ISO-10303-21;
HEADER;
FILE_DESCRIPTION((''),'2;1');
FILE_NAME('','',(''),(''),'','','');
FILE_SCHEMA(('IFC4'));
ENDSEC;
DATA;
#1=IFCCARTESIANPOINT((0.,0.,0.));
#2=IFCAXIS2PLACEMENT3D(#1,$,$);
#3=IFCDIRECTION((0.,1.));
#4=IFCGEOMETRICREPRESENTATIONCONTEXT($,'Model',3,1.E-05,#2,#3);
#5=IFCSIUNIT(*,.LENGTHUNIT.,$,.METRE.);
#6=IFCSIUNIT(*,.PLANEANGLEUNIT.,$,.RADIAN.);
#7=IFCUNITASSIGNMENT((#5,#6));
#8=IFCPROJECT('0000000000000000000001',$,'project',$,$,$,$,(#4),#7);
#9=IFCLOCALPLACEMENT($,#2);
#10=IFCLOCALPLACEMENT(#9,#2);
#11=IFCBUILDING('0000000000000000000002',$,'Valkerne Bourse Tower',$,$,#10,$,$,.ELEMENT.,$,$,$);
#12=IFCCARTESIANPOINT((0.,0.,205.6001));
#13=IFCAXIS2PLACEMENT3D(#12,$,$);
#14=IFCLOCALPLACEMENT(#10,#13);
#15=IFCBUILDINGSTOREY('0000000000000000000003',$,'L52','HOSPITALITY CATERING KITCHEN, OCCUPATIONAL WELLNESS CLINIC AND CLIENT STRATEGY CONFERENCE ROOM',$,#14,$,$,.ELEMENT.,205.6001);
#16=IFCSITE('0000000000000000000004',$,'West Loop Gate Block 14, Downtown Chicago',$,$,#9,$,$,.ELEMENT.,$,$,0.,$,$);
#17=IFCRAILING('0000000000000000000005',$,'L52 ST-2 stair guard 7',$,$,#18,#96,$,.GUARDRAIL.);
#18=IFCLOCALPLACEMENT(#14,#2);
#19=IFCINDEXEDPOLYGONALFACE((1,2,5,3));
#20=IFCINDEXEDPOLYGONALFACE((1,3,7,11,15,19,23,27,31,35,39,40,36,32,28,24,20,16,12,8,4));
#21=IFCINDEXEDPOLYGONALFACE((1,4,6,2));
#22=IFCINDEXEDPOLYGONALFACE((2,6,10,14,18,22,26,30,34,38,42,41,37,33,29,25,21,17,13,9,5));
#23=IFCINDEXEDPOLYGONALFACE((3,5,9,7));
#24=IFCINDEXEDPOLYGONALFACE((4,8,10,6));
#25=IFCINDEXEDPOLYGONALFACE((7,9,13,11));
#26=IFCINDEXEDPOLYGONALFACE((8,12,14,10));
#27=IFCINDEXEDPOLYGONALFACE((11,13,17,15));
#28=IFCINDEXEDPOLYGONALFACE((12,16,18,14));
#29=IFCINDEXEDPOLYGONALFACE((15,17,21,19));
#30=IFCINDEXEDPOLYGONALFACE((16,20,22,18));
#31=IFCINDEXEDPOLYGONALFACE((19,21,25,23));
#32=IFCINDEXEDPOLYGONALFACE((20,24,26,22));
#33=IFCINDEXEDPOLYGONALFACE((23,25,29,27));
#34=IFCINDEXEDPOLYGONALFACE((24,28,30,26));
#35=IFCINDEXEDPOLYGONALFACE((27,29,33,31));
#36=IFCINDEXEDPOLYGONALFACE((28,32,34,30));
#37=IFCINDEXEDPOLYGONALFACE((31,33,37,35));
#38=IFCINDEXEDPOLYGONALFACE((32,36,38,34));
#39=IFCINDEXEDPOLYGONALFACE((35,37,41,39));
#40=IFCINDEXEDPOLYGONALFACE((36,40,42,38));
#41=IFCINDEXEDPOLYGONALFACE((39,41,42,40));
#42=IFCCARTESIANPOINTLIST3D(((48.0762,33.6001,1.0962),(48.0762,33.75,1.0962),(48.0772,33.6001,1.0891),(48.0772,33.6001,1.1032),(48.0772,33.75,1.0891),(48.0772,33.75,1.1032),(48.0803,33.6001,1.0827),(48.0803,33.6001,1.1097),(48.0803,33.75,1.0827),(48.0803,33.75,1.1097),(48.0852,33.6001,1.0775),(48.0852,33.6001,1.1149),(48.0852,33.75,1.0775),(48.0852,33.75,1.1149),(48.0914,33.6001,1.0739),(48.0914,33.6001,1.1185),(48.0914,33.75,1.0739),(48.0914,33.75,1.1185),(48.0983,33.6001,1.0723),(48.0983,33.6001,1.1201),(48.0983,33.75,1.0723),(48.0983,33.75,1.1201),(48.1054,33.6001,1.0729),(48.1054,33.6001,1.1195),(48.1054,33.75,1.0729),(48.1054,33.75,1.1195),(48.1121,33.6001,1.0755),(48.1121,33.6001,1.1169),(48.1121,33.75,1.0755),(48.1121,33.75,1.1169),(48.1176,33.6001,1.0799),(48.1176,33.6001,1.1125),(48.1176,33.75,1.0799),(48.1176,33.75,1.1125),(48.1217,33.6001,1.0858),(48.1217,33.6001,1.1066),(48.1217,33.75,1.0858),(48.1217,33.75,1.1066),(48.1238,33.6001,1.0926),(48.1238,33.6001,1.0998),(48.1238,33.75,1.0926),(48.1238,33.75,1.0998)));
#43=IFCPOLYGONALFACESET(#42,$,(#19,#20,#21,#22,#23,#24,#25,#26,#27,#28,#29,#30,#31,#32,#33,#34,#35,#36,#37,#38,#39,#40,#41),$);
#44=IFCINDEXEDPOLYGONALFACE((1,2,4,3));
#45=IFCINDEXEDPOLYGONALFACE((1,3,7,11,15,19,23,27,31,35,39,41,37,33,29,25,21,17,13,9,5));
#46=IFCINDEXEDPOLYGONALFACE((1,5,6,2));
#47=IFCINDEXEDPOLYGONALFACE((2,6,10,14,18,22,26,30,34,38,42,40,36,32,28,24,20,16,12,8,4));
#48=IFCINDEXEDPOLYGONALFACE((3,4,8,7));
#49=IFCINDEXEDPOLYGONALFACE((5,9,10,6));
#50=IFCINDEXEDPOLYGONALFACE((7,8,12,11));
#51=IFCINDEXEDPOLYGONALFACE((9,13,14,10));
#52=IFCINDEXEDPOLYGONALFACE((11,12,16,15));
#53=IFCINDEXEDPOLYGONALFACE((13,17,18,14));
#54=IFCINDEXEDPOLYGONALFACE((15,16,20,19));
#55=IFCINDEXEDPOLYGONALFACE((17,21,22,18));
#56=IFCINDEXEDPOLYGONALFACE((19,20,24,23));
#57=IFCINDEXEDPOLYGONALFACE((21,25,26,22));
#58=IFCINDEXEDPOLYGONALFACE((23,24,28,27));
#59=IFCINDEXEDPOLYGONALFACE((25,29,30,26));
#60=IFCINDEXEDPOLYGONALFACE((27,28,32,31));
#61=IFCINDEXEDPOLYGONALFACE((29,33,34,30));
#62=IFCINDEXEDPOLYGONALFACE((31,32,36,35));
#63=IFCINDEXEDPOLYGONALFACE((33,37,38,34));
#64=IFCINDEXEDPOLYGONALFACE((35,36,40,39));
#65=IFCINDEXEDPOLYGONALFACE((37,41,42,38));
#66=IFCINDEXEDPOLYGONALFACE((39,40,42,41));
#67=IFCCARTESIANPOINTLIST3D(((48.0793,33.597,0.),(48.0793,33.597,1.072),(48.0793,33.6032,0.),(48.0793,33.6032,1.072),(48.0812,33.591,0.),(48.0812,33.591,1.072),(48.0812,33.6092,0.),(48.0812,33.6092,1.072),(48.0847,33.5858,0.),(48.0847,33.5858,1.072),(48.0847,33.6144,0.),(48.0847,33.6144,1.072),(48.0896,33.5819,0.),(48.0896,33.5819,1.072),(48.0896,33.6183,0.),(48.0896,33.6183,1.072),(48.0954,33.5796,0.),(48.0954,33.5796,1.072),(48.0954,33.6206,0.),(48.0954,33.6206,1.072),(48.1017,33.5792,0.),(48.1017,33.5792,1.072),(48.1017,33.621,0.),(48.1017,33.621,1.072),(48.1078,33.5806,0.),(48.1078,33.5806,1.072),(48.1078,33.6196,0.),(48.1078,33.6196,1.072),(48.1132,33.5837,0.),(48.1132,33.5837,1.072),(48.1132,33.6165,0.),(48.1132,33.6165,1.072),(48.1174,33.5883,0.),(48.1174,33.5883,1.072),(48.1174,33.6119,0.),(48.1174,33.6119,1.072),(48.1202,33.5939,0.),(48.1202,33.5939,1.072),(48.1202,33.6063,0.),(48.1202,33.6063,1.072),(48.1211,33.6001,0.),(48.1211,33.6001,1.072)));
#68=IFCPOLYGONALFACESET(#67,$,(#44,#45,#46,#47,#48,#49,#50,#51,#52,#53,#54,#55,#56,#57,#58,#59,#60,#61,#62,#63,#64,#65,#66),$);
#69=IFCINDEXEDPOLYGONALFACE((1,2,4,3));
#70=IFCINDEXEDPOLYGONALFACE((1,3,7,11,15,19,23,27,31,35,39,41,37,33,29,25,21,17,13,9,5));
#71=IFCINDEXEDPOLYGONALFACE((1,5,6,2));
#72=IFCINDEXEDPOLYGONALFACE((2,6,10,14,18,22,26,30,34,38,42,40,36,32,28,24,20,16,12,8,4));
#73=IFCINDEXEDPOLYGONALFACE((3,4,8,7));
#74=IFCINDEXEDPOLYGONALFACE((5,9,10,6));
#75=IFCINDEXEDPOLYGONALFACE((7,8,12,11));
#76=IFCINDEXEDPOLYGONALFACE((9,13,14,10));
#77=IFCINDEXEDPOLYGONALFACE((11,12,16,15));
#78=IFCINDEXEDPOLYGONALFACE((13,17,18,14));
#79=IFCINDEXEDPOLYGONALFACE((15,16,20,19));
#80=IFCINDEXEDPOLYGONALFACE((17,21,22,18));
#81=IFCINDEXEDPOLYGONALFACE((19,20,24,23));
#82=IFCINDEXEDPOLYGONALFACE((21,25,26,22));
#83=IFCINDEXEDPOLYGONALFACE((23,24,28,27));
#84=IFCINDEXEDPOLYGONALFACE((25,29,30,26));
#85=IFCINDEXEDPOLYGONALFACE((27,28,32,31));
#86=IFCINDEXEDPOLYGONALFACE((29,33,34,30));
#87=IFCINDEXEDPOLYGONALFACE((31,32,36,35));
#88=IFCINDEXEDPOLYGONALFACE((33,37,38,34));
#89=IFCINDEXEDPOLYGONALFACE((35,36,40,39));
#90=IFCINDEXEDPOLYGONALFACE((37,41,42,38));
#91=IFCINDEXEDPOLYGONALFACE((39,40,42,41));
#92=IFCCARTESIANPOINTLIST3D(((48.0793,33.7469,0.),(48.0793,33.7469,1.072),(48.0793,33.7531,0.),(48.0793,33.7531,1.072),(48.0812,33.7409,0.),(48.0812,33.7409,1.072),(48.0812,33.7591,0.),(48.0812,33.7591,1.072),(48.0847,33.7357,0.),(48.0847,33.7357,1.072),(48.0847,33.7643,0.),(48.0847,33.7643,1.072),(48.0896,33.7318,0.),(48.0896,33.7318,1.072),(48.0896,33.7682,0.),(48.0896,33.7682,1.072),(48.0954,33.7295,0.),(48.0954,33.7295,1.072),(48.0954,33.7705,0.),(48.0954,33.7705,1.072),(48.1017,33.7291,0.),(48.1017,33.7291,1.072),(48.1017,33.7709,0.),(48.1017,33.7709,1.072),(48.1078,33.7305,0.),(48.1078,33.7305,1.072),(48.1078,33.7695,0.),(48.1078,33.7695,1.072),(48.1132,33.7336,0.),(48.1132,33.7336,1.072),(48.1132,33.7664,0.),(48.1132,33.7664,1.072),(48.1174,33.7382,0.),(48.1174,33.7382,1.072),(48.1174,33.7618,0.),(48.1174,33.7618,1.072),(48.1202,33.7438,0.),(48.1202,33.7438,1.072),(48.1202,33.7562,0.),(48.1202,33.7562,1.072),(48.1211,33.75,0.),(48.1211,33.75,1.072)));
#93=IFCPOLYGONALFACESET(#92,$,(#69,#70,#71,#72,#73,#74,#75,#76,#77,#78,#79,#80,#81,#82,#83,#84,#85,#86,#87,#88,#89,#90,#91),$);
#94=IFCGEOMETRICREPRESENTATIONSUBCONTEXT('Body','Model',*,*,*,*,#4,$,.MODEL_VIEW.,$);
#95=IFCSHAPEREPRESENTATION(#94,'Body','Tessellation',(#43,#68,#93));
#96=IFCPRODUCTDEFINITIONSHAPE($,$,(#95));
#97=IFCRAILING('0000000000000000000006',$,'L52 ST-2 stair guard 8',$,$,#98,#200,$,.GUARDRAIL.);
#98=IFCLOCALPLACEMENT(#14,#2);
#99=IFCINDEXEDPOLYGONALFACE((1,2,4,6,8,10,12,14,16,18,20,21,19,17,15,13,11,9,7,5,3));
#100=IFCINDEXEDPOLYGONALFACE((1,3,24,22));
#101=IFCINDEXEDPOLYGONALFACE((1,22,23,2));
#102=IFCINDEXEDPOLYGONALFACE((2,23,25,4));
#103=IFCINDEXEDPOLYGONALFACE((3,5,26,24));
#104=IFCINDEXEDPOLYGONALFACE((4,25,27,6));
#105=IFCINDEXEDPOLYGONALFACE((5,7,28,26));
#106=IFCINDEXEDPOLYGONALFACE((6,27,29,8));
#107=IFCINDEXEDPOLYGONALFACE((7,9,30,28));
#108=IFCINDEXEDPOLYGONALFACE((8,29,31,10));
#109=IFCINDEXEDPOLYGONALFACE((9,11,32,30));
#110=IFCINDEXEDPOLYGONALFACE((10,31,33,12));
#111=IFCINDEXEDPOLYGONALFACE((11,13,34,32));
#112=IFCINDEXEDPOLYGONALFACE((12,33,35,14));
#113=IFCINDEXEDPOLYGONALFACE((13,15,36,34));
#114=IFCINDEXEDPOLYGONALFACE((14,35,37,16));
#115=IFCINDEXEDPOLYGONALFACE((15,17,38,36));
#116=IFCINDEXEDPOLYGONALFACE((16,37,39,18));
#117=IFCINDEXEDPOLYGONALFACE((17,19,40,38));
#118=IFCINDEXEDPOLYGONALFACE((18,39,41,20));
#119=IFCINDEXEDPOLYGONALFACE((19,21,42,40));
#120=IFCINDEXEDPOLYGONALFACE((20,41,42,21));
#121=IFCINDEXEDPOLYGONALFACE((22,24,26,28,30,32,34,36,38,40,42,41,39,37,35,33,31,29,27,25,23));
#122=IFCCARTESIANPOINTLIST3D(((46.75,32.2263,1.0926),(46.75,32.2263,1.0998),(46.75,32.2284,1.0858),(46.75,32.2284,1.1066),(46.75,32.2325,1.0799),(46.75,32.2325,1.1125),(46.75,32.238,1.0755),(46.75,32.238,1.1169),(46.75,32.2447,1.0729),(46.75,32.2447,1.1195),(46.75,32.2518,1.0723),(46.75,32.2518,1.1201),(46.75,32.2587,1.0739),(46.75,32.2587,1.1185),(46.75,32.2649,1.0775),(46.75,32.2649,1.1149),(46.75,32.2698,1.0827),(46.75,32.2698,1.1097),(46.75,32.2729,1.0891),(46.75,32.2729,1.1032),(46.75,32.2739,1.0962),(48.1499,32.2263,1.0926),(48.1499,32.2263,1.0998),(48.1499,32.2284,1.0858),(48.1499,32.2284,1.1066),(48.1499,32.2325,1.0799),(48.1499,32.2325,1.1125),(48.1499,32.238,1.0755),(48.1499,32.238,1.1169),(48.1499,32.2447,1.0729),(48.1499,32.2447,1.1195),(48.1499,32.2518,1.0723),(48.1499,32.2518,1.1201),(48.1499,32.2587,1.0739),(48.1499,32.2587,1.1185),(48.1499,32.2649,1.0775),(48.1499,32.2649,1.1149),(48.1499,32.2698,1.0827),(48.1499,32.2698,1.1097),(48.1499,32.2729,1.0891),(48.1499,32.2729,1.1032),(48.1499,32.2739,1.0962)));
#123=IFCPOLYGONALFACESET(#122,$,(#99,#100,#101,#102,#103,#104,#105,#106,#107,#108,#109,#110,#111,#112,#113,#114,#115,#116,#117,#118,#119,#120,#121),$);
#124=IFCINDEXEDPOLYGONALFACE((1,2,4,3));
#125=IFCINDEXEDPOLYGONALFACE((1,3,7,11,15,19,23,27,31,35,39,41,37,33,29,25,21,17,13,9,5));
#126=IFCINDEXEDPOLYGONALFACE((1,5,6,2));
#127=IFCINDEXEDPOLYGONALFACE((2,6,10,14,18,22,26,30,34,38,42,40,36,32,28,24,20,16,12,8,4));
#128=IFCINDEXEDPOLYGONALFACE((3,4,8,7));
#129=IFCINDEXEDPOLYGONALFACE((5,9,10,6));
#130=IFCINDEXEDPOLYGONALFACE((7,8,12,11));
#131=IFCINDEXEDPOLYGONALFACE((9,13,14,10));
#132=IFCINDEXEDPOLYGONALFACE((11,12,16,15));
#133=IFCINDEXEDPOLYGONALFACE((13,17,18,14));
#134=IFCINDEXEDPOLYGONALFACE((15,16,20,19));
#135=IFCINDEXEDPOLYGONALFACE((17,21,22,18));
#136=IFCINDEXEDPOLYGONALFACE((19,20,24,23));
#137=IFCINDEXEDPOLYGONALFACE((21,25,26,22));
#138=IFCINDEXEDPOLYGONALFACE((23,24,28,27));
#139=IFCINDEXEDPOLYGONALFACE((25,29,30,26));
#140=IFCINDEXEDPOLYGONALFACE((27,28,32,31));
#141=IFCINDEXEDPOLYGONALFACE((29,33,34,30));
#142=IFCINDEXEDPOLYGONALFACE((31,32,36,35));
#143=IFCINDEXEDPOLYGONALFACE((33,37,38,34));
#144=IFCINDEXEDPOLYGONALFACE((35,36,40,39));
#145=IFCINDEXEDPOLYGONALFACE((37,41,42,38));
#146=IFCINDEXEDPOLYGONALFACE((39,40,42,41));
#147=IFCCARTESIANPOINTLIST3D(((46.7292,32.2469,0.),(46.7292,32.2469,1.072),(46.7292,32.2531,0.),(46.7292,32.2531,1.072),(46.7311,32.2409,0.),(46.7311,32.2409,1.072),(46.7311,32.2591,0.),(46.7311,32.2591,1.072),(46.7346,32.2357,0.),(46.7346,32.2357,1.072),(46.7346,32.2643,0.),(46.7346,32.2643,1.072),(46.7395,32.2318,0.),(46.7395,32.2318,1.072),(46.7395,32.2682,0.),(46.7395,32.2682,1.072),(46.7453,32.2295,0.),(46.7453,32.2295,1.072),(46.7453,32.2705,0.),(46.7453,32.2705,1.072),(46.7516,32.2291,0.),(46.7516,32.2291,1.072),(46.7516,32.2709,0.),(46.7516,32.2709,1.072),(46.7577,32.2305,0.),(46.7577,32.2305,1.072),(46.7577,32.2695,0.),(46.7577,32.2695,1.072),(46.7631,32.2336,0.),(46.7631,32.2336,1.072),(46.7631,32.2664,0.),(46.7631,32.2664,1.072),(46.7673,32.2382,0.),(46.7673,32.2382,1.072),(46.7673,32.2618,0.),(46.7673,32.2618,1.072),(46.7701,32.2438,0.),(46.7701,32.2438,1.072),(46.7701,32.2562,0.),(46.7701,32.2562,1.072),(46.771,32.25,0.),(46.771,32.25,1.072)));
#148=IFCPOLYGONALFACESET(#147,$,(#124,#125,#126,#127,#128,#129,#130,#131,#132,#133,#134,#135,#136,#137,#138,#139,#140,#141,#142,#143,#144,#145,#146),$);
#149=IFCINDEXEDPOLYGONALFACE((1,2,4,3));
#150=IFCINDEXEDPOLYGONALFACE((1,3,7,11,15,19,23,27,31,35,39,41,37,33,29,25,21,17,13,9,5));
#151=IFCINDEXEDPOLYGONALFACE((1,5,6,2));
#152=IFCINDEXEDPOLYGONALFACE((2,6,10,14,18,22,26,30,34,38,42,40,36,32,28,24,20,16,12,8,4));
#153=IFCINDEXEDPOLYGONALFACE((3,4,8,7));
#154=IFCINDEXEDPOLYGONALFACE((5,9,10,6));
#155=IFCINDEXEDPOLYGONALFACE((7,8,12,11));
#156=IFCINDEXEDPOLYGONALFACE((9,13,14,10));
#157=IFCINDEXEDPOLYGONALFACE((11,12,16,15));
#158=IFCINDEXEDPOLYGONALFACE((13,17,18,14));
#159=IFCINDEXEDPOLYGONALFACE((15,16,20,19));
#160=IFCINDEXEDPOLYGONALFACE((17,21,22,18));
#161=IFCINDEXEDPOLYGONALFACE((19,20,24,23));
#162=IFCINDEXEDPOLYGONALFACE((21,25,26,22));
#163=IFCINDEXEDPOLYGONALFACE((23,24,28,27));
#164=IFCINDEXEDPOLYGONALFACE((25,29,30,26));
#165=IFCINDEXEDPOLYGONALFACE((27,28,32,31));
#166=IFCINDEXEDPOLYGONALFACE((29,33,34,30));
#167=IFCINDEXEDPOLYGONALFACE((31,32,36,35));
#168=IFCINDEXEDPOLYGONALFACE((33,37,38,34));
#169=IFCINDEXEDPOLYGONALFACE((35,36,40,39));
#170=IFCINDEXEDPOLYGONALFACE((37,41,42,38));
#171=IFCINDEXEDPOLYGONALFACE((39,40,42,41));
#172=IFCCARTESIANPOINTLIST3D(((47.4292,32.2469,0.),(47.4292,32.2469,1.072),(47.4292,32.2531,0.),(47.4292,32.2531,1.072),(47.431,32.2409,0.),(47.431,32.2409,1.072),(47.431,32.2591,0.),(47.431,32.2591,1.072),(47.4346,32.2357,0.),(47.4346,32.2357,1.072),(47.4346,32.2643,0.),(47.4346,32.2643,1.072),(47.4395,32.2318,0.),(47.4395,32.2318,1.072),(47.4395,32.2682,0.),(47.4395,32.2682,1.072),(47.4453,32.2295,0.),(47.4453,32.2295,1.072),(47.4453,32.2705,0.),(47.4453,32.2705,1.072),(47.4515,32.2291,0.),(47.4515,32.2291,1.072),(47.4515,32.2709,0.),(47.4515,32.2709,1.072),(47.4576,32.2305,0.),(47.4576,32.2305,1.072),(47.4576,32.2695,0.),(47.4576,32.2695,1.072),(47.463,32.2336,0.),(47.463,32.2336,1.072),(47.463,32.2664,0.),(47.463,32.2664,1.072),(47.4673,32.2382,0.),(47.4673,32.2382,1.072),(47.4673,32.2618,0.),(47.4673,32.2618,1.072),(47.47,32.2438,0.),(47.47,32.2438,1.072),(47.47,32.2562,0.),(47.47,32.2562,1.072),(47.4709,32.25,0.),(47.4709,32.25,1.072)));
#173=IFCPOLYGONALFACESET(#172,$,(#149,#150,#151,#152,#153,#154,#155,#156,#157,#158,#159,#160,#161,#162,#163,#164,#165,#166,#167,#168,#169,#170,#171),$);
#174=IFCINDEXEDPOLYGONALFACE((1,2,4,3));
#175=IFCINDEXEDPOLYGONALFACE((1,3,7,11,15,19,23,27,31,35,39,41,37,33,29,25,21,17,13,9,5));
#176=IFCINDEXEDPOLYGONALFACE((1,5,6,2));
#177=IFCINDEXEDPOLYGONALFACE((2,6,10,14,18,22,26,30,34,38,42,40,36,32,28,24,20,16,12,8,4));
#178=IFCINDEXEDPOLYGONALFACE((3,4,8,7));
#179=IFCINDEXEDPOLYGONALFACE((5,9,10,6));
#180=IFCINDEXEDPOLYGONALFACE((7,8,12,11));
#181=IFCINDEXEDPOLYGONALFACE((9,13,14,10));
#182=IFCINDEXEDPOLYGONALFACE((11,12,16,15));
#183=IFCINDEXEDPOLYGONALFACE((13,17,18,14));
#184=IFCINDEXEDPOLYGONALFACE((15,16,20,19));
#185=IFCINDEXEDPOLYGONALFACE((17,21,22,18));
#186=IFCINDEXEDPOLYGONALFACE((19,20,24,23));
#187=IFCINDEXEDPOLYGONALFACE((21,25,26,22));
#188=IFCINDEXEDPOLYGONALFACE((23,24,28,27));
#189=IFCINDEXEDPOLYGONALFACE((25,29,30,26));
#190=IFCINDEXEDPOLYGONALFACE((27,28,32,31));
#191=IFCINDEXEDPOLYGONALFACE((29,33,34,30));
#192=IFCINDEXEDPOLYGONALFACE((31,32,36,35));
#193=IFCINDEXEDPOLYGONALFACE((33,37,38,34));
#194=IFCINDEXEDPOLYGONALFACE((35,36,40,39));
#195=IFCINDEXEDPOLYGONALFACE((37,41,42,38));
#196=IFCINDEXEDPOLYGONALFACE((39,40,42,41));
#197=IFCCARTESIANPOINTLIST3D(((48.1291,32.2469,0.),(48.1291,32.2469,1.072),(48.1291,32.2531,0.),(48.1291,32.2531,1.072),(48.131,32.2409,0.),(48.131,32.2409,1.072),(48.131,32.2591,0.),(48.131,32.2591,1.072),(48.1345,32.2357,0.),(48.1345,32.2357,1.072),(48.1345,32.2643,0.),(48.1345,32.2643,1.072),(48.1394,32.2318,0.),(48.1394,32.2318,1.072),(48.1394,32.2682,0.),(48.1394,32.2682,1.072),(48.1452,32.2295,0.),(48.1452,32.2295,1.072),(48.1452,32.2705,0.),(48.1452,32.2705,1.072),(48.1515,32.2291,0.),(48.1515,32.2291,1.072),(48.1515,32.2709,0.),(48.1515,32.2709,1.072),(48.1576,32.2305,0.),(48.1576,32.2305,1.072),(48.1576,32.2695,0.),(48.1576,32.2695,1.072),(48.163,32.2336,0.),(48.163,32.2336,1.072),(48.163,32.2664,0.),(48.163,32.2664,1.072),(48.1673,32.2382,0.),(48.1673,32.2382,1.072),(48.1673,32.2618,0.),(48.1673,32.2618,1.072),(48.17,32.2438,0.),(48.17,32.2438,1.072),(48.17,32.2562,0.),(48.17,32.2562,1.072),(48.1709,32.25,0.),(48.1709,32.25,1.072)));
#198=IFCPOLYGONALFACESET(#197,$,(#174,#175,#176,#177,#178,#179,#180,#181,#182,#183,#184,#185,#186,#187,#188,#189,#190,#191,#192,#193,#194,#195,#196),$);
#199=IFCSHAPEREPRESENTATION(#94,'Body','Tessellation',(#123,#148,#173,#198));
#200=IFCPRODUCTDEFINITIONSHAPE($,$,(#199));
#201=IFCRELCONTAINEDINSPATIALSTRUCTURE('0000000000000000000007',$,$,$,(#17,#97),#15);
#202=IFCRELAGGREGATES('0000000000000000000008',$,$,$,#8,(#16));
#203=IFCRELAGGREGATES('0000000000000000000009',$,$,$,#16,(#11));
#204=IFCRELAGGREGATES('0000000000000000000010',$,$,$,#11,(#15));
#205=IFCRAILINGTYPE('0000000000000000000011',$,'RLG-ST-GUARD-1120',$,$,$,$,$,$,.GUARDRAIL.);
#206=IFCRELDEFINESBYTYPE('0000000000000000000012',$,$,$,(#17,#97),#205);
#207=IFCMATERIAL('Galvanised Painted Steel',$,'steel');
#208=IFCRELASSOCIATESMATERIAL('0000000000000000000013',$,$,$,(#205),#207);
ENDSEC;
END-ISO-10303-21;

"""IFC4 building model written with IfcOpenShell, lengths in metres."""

from ifc_helpers import new_model, si_unit, direction, frame, origin, origin_2d, place, context, subcontext, project, spatial, circle, extrude, material, type_object, element, save


model = new_model("IFC4")

# Units and contexts
model_context = context("Model", 3, precision=1e-05, world=origin(), true_north=direction((0.0, 1.0)))
body_context = subcontext(model_context, "Body", "Model", "MODEL_VIEW")
ifc_project = project(units=[si_unit("LENGTHUNIT", "METRE"), si_unit("PLANEANGLEUNIT", "RADIAN")], contexts=[model_context])

# Site, building, storey
site_placement = place(None, origin())
site = spatial("IfcSite", under=ifc_project, at=site_placement, Name="West Loop Gate Block 14, Downtown Chicago", CompositionType="ELEMENT", RefElevation=0.0)
building_placement = place(site_placement, origin())
building = spatial("IfcBuilding", under=site, at=building_placement, Name="Valkerne Bourse Tower", CompositionType="ELEMENT")
storey_placement = place(building_placement, frame((0.0, 0.0, 205.6001)))
storey = spatial("IfcBuildingStorey", under=building, at=storey_placement, Name="L52", Description="HOSPITALITY CATERING KITCHEN, OCCUPATIONAL WELLNESS CLINIC AND CLIENT STRATEGY CONFERENCE ROOM", CompositionType="ELEMENT", Elevation=205.6001)

# Shared definitions
ifc_material_1 = material(Name="Galvanised Painted Steel", Category="steel")

# Railings
railing_type_1 = type_object("IfcRailingType", Name="RLG-ST-GUARD-1120", PredefinedType="GUARDRAIL", material=ifc_material_1)
railing_1_placement = place(storey_placement, frame((48.1001, 33.6001, 0.0)))
element("IfcRailing", 1, at=railing_1_placement, inside=storey, type_object=railing_type_1, Name="L52 ST-2 stair guard 7", PredefinedType="GUARDRAIL", context=body_context, shape_type="SweptSolid", body=[
    extrude(circle(Radius=0.0239, at=origin_2d()), frame((0.0, 0.0, 1.0962), z_axis=(0.0, 1.0, 0.0), x_axis=(-1.0, 0.0, 0.0)), (0.0, 0.0, 1.0), 0.1499),
    extrude(circle(Radius=0.021, at=origin_2d()), origin(), (0.0, 0.0, 1.0), 1.072),
    extrude(circle(Radius=0.021, at=origin_2d()), frame((0.0, 0.1499, 0.0)), (0.0, 0.0, 1.0), 1.072),
])
for number, where, name in (
    (2, (46.75, 32.25, 0.0), "L52 ST-2 stair guard 8"),
):
    element("IfcRailing", number, at=place(storey_placement, frame(where)), inside=storey, type_object=railing_type_1, Name=name, PredefinedType="GUARDRAIL", context=body_context, shape_type="SweptSolid", body=[
        extrude(circle(Radius=0.0239, at=origin_2d()), frame((0.0, 0.0, 1.0962), z_axis=(1.0, 0.0, 0.0), x_axis=(0.0, 1.0, 0.0)), (0.0, 0.0, 1.0), 1.3999),
        extrude(circle(Radius=0.021, at=origin_2d()), origin(), (0.0, 0.0, 1.0), 1.072),
        extrude(circle(Radius=0.021, at=origin_2d()), frame((0.7, 0.0, 0.0)), (0.0, 0.0, 1.0), 1.072),
        extrude(circle(Radius=0.021, at=origin_2d()), frame((1.3999, 0.0, 0.0)), (0.0, 0.0, 1.0), 1.072),
    ])

save(model, "model.ifc")
